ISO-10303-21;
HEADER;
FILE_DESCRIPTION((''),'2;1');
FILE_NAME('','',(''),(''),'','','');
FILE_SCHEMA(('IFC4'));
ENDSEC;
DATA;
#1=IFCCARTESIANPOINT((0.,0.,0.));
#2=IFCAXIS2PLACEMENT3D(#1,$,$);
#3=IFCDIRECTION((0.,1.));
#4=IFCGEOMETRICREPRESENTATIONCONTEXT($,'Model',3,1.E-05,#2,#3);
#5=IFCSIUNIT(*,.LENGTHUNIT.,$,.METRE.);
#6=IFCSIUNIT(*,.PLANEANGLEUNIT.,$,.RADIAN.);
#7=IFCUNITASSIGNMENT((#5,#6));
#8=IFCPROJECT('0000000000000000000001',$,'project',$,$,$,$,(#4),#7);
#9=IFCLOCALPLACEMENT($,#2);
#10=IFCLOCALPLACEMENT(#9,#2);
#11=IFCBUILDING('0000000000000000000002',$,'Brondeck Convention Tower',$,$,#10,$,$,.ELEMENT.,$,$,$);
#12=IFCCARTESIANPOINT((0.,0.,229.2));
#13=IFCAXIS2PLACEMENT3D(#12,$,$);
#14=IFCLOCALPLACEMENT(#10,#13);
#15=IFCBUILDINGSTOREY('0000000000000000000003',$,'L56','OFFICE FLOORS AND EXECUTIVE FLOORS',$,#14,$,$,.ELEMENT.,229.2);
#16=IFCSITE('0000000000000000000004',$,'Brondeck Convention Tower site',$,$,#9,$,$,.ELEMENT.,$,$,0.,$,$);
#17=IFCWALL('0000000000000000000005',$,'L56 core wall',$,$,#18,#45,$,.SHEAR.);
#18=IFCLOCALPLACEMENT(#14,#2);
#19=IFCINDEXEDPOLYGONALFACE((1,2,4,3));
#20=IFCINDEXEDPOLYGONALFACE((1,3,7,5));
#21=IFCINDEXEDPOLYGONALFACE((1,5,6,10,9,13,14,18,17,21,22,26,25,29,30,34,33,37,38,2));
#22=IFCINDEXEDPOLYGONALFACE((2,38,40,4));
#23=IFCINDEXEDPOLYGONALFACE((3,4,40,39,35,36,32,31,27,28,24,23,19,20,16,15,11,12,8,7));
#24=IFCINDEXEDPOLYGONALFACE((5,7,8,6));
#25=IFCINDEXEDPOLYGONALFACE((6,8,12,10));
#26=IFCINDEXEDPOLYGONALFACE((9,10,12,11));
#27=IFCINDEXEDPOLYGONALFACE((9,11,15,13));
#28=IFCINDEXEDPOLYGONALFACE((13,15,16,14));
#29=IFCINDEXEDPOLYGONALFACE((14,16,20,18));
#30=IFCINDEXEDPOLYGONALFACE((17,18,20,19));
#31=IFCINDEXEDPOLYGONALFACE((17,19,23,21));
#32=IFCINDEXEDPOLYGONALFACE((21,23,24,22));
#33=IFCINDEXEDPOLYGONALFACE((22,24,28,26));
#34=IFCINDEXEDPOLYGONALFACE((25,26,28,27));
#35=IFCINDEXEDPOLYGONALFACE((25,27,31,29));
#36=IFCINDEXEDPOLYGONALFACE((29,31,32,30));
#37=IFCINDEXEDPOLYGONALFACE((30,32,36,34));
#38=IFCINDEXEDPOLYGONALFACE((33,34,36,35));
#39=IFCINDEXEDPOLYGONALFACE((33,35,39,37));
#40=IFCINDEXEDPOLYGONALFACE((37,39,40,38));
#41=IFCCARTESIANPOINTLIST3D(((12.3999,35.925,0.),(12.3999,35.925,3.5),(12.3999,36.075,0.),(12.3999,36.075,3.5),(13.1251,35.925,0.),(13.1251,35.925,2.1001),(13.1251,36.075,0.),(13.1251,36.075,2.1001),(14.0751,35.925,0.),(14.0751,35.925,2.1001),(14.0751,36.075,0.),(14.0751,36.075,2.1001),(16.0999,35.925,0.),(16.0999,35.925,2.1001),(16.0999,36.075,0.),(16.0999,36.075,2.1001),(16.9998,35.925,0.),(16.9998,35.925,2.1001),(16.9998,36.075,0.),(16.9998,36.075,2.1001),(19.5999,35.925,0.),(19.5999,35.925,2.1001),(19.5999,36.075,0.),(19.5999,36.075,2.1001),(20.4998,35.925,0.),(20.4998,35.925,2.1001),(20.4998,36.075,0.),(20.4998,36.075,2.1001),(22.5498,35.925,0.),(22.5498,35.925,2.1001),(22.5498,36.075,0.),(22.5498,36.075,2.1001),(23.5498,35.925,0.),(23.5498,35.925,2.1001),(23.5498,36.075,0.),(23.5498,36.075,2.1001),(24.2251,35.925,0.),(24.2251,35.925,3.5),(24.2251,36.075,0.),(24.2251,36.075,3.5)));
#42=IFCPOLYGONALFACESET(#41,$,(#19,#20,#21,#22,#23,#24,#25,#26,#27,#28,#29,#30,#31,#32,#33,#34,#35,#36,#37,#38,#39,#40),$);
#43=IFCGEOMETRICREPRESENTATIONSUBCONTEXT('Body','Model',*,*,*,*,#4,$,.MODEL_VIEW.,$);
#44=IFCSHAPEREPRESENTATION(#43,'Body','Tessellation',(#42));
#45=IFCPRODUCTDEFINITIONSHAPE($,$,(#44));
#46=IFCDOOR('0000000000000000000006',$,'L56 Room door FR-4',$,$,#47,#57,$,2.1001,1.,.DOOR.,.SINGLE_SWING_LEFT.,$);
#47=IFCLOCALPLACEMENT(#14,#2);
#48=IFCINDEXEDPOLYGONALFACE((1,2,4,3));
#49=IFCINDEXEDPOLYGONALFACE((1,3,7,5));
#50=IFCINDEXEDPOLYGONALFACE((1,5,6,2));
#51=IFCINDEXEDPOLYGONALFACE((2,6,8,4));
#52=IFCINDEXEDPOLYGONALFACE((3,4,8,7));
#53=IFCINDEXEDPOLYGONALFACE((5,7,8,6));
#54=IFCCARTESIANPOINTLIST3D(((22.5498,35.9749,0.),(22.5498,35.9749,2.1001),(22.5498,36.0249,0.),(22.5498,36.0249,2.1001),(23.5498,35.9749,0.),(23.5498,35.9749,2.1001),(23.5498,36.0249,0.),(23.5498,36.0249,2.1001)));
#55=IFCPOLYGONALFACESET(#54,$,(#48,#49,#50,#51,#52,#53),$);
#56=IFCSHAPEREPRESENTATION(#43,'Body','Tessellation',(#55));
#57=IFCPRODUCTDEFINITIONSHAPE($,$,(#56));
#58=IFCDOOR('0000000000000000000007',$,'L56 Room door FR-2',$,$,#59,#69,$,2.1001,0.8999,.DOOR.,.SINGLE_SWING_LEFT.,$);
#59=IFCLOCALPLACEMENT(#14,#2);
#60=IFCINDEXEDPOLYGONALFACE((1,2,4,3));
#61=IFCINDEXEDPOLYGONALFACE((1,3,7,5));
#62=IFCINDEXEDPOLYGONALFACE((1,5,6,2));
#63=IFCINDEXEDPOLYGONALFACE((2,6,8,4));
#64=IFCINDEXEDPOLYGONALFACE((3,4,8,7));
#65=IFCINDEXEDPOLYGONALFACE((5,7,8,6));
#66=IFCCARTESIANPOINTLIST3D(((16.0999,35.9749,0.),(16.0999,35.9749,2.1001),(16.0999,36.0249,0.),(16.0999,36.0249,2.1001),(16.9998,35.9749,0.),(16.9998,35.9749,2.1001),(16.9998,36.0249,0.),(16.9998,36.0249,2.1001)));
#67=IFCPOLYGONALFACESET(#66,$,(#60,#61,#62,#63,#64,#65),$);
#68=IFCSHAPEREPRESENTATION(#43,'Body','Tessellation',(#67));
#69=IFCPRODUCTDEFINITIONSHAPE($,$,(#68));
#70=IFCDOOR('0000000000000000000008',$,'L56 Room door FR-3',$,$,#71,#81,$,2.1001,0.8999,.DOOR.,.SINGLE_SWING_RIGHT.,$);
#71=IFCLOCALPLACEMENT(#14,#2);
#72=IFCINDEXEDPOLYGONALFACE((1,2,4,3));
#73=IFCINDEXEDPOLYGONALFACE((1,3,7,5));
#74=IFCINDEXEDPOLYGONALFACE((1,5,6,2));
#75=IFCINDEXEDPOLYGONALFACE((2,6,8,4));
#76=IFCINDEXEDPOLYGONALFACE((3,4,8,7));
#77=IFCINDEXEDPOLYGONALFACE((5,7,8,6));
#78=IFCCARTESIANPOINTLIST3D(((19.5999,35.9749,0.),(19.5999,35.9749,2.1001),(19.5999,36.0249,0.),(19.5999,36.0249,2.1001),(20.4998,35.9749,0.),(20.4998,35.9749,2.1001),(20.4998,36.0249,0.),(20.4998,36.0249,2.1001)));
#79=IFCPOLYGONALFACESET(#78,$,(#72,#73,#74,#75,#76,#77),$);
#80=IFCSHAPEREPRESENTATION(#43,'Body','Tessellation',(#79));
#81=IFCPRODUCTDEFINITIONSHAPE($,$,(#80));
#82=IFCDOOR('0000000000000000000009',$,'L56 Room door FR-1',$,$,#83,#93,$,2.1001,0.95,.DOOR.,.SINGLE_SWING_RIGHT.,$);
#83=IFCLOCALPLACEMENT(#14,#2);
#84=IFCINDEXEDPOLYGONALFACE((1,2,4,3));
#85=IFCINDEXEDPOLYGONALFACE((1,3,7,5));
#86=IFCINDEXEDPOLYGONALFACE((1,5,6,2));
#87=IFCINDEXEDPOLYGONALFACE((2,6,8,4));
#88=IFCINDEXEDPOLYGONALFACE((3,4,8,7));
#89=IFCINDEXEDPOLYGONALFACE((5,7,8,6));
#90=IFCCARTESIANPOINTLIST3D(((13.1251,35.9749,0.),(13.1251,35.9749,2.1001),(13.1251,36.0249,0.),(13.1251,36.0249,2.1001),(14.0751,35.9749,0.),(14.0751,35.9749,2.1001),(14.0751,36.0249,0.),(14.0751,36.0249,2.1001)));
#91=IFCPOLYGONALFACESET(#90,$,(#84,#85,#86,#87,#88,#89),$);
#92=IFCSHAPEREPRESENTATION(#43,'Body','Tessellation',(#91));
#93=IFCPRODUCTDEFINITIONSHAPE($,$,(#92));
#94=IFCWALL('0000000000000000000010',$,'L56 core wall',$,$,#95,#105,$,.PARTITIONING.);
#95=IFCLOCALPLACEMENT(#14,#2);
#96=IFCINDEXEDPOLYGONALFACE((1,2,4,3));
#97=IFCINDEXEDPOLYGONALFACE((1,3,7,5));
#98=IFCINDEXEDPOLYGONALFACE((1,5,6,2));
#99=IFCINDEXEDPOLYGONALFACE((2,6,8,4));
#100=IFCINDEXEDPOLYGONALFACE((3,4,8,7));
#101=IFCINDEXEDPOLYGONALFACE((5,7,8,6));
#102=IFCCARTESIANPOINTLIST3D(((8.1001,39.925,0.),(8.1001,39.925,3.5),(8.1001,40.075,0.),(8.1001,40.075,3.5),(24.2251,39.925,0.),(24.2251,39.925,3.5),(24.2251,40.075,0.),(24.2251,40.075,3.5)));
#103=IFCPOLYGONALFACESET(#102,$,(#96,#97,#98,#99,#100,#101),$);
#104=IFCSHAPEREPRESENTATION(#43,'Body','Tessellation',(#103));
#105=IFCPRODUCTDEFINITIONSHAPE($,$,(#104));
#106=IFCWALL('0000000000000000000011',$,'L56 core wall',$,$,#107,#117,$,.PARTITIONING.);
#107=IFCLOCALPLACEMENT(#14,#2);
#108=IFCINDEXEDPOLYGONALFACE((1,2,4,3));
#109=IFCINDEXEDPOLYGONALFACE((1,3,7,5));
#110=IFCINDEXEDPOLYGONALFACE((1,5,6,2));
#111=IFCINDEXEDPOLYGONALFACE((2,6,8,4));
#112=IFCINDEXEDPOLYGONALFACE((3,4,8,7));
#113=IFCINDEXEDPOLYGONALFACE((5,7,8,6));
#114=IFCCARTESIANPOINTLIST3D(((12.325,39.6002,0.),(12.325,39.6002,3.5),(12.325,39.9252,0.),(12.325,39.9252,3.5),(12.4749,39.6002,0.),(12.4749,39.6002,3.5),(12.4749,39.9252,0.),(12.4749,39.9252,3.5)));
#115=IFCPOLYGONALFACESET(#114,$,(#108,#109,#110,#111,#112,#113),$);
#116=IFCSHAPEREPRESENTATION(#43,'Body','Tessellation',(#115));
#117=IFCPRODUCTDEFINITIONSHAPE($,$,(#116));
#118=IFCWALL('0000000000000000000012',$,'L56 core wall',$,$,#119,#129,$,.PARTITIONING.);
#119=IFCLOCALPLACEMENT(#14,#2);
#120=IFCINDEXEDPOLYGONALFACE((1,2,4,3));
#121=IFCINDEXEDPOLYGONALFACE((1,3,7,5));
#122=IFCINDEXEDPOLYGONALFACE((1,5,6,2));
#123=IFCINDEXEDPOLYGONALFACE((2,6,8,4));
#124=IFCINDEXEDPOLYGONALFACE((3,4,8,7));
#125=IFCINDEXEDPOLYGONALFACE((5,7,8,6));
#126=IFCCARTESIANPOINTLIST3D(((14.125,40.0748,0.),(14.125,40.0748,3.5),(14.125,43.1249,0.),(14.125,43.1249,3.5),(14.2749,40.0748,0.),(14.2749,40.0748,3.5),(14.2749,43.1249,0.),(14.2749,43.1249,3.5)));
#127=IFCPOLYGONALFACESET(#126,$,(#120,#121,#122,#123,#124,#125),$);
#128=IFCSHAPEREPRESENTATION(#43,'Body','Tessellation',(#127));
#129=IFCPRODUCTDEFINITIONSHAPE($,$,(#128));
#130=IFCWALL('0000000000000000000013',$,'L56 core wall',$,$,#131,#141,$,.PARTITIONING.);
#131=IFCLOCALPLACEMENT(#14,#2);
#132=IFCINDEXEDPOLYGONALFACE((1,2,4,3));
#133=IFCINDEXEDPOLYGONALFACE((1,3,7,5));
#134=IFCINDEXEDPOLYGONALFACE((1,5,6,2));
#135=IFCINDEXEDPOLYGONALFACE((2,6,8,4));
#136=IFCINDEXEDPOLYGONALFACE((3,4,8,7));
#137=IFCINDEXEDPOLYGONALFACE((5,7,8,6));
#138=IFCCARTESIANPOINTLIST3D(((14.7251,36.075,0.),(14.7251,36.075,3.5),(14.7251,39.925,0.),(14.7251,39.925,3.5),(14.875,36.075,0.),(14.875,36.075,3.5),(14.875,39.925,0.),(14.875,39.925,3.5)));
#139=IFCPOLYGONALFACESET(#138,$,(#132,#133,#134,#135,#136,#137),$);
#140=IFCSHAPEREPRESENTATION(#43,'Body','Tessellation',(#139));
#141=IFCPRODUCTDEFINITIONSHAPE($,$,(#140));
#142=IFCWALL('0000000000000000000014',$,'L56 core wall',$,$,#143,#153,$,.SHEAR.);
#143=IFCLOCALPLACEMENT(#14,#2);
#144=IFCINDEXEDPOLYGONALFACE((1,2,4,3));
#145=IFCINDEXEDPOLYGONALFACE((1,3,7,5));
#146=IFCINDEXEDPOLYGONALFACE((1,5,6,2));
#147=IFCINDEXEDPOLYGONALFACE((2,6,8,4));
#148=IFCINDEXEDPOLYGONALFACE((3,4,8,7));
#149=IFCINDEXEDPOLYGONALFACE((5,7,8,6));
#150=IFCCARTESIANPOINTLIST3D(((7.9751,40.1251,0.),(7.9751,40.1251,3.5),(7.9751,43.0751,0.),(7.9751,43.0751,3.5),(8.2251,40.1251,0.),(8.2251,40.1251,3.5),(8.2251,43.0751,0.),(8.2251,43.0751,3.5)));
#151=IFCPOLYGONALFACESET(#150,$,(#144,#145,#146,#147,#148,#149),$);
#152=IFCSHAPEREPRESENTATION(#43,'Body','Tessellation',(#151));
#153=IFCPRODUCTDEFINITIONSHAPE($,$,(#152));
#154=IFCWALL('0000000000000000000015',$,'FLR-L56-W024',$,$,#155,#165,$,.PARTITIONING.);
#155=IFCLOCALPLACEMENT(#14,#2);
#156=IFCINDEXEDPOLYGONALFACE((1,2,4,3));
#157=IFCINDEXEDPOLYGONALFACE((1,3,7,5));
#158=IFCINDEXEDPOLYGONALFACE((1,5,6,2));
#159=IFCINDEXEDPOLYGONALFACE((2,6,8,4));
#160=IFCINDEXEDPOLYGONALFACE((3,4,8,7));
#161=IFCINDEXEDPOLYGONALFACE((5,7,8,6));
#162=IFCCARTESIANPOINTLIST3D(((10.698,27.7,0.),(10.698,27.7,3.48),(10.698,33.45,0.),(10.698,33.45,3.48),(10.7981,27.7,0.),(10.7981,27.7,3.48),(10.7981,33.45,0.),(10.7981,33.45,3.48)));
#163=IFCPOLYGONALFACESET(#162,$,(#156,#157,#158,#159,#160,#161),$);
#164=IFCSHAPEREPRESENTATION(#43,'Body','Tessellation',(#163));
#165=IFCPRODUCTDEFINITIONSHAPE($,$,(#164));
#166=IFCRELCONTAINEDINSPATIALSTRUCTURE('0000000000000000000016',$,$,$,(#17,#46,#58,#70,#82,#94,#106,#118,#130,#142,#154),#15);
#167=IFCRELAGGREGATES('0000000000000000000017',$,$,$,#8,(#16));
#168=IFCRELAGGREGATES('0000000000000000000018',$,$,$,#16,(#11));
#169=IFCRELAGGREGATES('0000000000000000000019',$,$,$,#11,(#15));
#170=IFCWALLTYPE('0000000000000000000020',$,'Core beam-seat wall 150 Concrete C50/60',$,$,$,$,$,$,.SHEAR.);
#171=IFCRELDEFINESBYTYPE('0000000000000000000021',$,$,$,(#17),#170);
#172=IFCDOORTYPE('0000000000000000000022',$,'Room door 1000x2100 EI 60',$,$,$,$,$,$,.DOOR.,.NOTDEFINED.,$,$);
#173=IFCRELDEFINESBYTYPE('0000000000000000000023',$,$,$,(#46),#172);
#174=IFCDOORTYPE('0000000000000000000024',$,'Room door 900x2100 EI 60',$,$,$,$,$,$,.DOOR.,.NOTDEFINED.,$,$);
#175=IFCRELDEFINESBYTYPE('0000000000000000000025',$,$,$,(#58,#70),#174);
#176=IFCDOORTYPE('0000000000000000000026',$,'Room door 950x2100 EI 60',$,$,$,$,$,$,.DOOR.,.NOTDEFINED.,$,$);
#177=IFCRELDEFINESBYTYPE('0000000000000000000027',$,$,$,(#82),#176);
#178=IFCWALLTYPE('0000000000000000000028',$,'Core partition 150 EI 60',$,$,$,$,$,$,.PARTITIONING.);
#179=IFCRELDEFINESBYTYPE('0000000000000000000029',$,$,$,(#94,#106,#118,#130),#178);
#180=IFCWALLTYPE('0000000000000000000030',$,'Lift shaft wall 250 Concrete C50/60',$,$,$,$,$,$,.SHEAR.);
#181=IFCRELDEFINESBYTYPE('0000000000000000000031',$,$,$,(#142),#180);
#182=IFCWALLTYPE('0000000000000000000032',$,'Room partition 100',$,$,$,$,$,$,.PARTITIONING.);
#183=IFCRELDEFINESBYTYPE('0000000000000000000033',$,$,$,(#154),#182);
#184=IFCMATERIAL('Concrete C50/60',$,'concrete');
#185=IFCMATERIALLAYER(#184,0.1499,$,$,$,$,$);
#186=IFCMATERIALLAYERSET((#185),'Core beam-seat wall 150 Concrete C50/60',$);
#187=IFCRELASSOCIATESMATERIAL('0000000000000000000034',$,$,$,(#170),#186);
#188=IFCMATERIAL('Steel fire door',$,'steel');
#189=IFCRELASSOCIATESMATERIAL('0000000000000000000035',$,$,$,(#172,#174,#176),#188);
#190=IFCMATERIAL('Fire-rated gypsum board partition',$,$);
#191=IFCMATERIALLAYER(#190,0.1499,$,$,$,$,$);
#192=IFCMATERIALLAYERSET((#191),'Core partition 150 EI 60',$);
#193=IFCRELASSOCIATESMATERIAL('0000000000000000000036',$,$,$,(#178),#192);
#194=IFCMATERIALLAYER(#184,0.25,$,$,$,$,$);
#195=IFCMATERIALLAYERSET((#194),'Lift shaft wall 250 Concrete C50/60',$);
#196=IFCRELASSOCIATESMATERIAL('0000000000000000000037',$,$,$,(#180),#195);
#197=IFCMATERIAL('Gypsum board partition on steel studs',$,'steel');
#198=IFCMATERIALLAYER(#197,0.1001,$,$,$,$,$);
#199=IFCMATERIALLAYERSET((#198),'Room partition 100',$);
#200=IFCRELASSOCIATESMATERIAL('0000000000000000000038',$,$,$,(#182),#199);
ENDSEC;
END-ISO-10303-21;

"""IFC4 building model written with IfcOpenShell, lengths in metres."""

from ifc_helpers import new_model, si_unit, direction, frame, frame_2d, origin, place, context, subcontext, project, spatial, rectangle, extrude, material, layer, layer_set, type_object, element, fill, save


model = new_model("IFC4")

# Units and contexts
model_context = context("Model", 3, precision=1e-05, world=origin(), true_north=direction((0.0, 1.0)))
body_context = subcontext(model_context, "Body", "Model", "MODEL_VIEW")
ifc_project = project(units=[si_unit("LENGTHUNIT", "METRE"), si_unit("PLANEANGLEUNIT", "RADIAN")], contexts=[model_context])

# Site, building, storey
site_placement = place(None, origin())
site = spatial("IfcSite", under=ifc_project, at=site_placement, Name="Brondeck Convention Tower site", CompositionType="ELEMENT", RefElevation=0.0)
building_placement = place(site_placement, origin())
building = spatial("IfcBuilding", under=site, at=building_placement, Name="Brondeck Convention Tower", CompositionType="ELEMENT")
storey_placement = place(building_placement, frame((0.0, 0.0, 229.2)))
storey = spatial("IfcBuildingStorey", under=building, at=storey_placement, Name="L56", Description="OFFICE FLOORS AND EXECUTIVE FLOORS", CompositionType="ELEMENT", Elevation=229.2)

# Shared definitions
ifc_material_1 = material(Name="Concrete C50/60", Category="concrete")

# Wall, openings, doors
ifc_layer_1 = layer(ifc_material_1, 0.1499)
ifc_layer_set_1 = layer_set([ifc_layer_1], Name="Core beam-seat wall 150 Concrete C50/60")
wall_type_1 = type_object("IfcWallType", Name="Core beam-seat wall 150 Concrete C50/60", PredefinedType="SHEAR", material=ifc_layer_set_1)
wall_1_placement = place(storey_placement, frame((12.3999, 36.0, 0.0), z_axis=(0.0, 0.0, 1.0), x_axis=(1.0, 0.0, 0.0)))
wall_1 = element("IfcWall", 1, at=wall_1_placement, inside=storey, type_object=wall_type_1, Name="L56 core wall", PredefinedType="SHEAR", context=body_context, shape_type="SweptSolid", body=[
    extrude(rectangle(XDim=11.8252, YDim=0.1499, at=frame_2d((5.9126, 0.0))), origin(), (0.0, 0.0, 1.0), 3.5),
])
opening_1_placement = place(wall_1_placement, frame((0.7251, 0.0, 0.0)))
opening_1 = element("IfcOpeningElement", 2, at=opening_1_placement, cuts=wall_1, PredefinedType="OPENING", context=body_context, shape_type="SweptSolid", body=[
    extrude(rectangle(XDim=0.95, YDim=2.1001, at=frame_2d((0.4751, 1.05))), frame((0.0, 0.085, 0.0), z_axis=(0.0, -1.0, 0.0), x_axis=(1.0, 0.0, 0.0)), (0.0, 0.0, 1.0), 0.1699),
])
opening_2_placement = place(wall_1_placement, frame((3.7, 0.0, 0.0)))
opening_2 = element("IfcOpeningElement", 3, at=opening_2_placement, cuts=wall_1, PredefinedType="OPENING", context=body_context, shape_type="SweptSolid", body=[
    extrude(rectangle(XDim=0.8999, YDim=2.1001, at=frame_2d((0.45, 1.05))), frame((0.0, 0.085, 0.0), z_axis=(0.0, -1.0, 0.0), x_axis=(1.0, 0.0, 0.0)), (0.0, 0.0, 1.0), 0.1699),
])
opening_3_placement = place(wall_1_placement, frame((7.2, 0.0, 0.0)))
opening_3 = element("IfcOpeningElement", 4, at=opening_3_placement, cuts=wall_1, PredefinedType="OPENING", context=body_context, shape_type="SweptSolid", body=[
    extrude(rectangle(XDim=0.8999, YDim=2.1001, at=frame_2d((0.45, 1.05))), frame((0.0, 0.085, 0.0), z_axis=(0.0, -1.0, 0.0), x_axis=(1.0, 0.0, 0.0)), (0.0, 0.0, 1.0), 0.1699),
])
opening_4_placement = place(wall_1_placement, frame((10.1499, 0.0, 0.0)))
opening_4 = element("IfcOpeningElement", 5, at=opening_4_placement, cuts=wall_1, PredefinedType="OPENING", context=body_context, shape_type="SweptSolid", body=[
    extrude(rectangle(XDim=1.0, YDim=2.1001, at=frame_2d((0.5, 1.05))), frame((0.0, 0.085, 0.0), z_axis=(0.0, -1.0, 0.0), x_axis=(1.0, 0.0, 0.0)), (0.0, 0.0, 1.0), 0.1699),
])
ifc_material_2 = material(Name="Steel fire door", Category="steel")
door_type_1 = type_object("IfcDoorType", Name="Room door 1000x2100 EI 60", OperationType="NOTDEFINED", PredefinedType="DOOR", material=ifc_material_2)
door_1_placement = place(opening_4_placement, origin())
door_1 = element("IfcDoor", 6, at=door_1_placement, inside=storey, type_object=door_type_1, Name="L56 Room door FR-4", OperationType="SINGLE_SWING_LEFT", OverallHeight=2.1001, OverallWidth=1.0, PredefinedType="DOOR", context=body_context, shape_type="SweptSolid", body=[
    extrude(rectangle(XDim=1.0, YDim=2.1001, at=frame_2d((0.5, 1.05))), frame((0.0, 0.0249, 0.0), z_axis=(0.0, -1.0, 0.0), x_axis=(1.0, 0.0, 0.0)), (0.0, 0.0, 1.0), 0.05),
])
fill(opening_4, door_1)
door_type_2 = type_object("IfcDoorType", Name="Room door 900x2100 EI 60", OperationType="NOTDEFINED", PredefinedType="DOOR", material=ifc_material_2)
door_2_placement = place(opening_2_placement, origin())
door_2 = element("IfcDoor", 7, at=door_2_placement, inside=storey, type_object=door_type_2, Name="L56 Room door FR-2", OperationType="SINGLE_SWING_LEFT", OverallHeight=2.1001, OverallWidth=0.8999, PredefinedType="DOOR", context=body_context, shape_type="SweptSolid", body=[
    extrude(rectangle(XDim=0.8999, YDim=2.1001, at=frame_2d((0.45, 1.05))), frame((0.0, 0.0249, 0.0), z_axis=(0.0, -1.0, 0.0), x_axis=(1.0, 0.0, 0.0)), (0.0, 0.0, 1.0), 0.05),
])
fill(opening_2, door_2)
door_3_placement = place(opening_3_placement, origin())
door_3 = element("IfcDoor", 8, at=door_3_placement, inside=storey, type_object=door_type_2, Name="L56 Room door FR-3", OperationType="SINGLE_SWING_RIGHT", OverallHeight=2.1001, OverallWidth=0.8999, PredefinedType="DOOR", context=body_context, shape_type="SweptSolid", body=[
    extrude(rectangle(XDim=0.8999, YDim=2.1001, at=frame_2d((0.45, 1.05))), frame((0.0, 0.0249, 0.0), z_axis=(0.0, -1.0, 0.0), x_axis=(1.0, 0.0, 0.0)), (0.0, 0.0, 1.0), 0.05),
])
fill(opening_3, door_3)
door_type_3 = type_object("IfcDoorType", Name="Room door 950x2100 EI 60", OperationType="NOTDEFINED", PredefinedType="DOOR", material=ifc_material_2)
door_4_placement = place(opening_1_placement, origin())
door_4 = element("IfcDoor", 9, at=door_4_placement, inside=storey, type_object=door_type_3, Name="L56 Room door FR-1", OperationType="SINGLE_SWING_RIGHT", OverallHeight=2.1001, OverallWidth=0.95, PredefinedType="DOOR", context=body_context, shape_type="SweptSolid", body=[
    extrude(rectangle(XDim=0.95, YDim=2.1001, at=frame_2d((0.4751, 1.05))), frame((0.0, 0.0249, 0.0), z_axis=(0.0, -1.0, 0.0), x_axis=(1.0, 0.0, 0.0)), (0.0, 0.0, 1.0), 0.05),
])
fill(opening_1, door_4)

# Walls
ifc_material_3 = material(Name="Fire-rated gypsum board partition")
ifc_layer_2 = layer(ifc_material_3, 0.1499)
ifc_layer_set_2 = layer_set([ifc_layer_2], Name="Core partition 150 EI 60")
wall_type_2 = type_object("IfcWallType", Name="Core partition 150 EI 60", PredefinedType="PARTITIONING", material=ifc_layer_set_2)
wall_2_placement = place(storey_placement, frame((8.1001, 40.0, 0.0), z_axis=(0.0, 0.0, 1.0), x_axis=(1.0, 0.0, 0.0)))
element("IfcWall", 10, at=wall_2_placement, inside=storey, type_object=wall_type_2, Name="L56 core wall", PredefinedType="PARTITIONING", context=body_context, shape_type="SweptSolid", body=[
    extrude(rectangle(XDim=16.125, YDim=0.1499, at=frame_2d((8.0625, 0.0))), origin(), (0.0, 0.0, 1.0), 3.5),
])
wall_3_placement = place(storey_placement, frame((12.3999, 39.6001, 0.0), z_axis=(0.0, 0.0, 1.0), x_axis=(0.0, 1.0, 0.0)))
element("IfcWall", 11, at=wall_3_placement, inside=storey, type_object=wall_type_2, Name="L56 core wall", PredefinedType="PARTITIONING", context=body_context, shape_type="SweptSolid", body=[
    extrude(rectangle(XDim=0.325, YDim=0.1499, at=frame_2d((0.1626, 0.0))), origin(), (0.0, 0.0, 1.0), 3.5),
])
wall_4_placement = place(storey_placement, frame((14.2, 40.075, 0.0), z_axis=(0.0, 0.0, 1.0), x_axis=(0.0, 1.0, 0.0)))
element("IfcWall", 12, at=wall_4_placement, inside=storey, type_object=wall_type_2, Name="L56 core wall", PredefinedType="PARTITIONING", context=body_context, shape_type="SweptSolid", body=[
    extrude(rectangle(XDim=3.05, YDim=0.1499, at=frame_2d((1.5249, 0.0))), origin(), (0.0, 0.0, 1.0), 3.5),
])
wall_5_placement = place(storey_placement, frame((14.8, 36.075, 0.0), z_axis=(0.0, 0.0, 1.0), x_axis=(0.0, 1.0, 0.0)))
element("IfcWall", 13, at=wall_5_placement, inside=storey, type_object=wall_type_2, Name="L56 core wall", PredefinedType="PARTITIONING", context=body_context, shape_type="SweptSolid", body=[
    extrude(rectangle(XDim=3.8501, YDim=0.1499, at=frame_2d((1.925, 0.0))), origin(), (0.0, 0.0, 1.0), 3.5),
])
ifc_layer_3 = layer(ifc_material_1, 0.25)
ifc_layer_set_3 = layer_set([ifc_layer_3], Name="Lift shaft wall 250 Concrete C50/60")
wall_type_3 = type_object("IfcWallType", Name="Lift shaft wall 250 Concrete C50/60", PredefinedType="SHEAR", material=ifc_layer_set_3)
wall_6_placement = place(storey_placement, frame((8.1001, 40.125, 0.0), z_axis=(0.0, 0.0, 1.0), x_axis=(0.0, 1.0, 0.0)))
element("IfcWall", 14, at=wall_6_placement, inside=storey, type_object=wall_type_3, Name="L56 core wall", PredefinedType="SHEAR", context=body_context, shape_type="SweptSolid", body=[
    extrude(rectangle(XDim=2.95, YDim=0.25, at=frame_2d((1.4751, 0.0))), origin(), (0.0, 0.0, 1.0), 3.5),
])
ifc_material_4 = material(Name="Gypsum board partition on steel studs", Category="steel")
ifc_layer_4 = layer(ifc_material_4, 0.1001)
ifc_layer_set_4 = layer_set([ifc_layer_4], Name="Room partition 100")
wall_type_4 = type_object("IfcWallType", Name="Room partition 100", PredefinedType="PARTITIONING", material=ifc_layer_set_4)
wall_7_placement = place(storey_placement, frame((10.748, 33.45, 0.0), z_axis=(0.0, 0.0, 1.0), x_axis=(0.0, -1.0, 0.0)))
element("IfcWall", 15, at=wall_7_placement, inside=storey, type_object=wall_type_4, Name="FLR-L56-W024", PredefinedType="PARTITIONING", context=body_context, shape_type="SweptSolid", body=[
    extrude(rectangle(XDim=5.75, YDim=0.1001, at=frame_2d((2.875, 0.0))), origin(), (0.0, 0.0, 1.0), 3.48),
])

save(model, "model.ifc")
